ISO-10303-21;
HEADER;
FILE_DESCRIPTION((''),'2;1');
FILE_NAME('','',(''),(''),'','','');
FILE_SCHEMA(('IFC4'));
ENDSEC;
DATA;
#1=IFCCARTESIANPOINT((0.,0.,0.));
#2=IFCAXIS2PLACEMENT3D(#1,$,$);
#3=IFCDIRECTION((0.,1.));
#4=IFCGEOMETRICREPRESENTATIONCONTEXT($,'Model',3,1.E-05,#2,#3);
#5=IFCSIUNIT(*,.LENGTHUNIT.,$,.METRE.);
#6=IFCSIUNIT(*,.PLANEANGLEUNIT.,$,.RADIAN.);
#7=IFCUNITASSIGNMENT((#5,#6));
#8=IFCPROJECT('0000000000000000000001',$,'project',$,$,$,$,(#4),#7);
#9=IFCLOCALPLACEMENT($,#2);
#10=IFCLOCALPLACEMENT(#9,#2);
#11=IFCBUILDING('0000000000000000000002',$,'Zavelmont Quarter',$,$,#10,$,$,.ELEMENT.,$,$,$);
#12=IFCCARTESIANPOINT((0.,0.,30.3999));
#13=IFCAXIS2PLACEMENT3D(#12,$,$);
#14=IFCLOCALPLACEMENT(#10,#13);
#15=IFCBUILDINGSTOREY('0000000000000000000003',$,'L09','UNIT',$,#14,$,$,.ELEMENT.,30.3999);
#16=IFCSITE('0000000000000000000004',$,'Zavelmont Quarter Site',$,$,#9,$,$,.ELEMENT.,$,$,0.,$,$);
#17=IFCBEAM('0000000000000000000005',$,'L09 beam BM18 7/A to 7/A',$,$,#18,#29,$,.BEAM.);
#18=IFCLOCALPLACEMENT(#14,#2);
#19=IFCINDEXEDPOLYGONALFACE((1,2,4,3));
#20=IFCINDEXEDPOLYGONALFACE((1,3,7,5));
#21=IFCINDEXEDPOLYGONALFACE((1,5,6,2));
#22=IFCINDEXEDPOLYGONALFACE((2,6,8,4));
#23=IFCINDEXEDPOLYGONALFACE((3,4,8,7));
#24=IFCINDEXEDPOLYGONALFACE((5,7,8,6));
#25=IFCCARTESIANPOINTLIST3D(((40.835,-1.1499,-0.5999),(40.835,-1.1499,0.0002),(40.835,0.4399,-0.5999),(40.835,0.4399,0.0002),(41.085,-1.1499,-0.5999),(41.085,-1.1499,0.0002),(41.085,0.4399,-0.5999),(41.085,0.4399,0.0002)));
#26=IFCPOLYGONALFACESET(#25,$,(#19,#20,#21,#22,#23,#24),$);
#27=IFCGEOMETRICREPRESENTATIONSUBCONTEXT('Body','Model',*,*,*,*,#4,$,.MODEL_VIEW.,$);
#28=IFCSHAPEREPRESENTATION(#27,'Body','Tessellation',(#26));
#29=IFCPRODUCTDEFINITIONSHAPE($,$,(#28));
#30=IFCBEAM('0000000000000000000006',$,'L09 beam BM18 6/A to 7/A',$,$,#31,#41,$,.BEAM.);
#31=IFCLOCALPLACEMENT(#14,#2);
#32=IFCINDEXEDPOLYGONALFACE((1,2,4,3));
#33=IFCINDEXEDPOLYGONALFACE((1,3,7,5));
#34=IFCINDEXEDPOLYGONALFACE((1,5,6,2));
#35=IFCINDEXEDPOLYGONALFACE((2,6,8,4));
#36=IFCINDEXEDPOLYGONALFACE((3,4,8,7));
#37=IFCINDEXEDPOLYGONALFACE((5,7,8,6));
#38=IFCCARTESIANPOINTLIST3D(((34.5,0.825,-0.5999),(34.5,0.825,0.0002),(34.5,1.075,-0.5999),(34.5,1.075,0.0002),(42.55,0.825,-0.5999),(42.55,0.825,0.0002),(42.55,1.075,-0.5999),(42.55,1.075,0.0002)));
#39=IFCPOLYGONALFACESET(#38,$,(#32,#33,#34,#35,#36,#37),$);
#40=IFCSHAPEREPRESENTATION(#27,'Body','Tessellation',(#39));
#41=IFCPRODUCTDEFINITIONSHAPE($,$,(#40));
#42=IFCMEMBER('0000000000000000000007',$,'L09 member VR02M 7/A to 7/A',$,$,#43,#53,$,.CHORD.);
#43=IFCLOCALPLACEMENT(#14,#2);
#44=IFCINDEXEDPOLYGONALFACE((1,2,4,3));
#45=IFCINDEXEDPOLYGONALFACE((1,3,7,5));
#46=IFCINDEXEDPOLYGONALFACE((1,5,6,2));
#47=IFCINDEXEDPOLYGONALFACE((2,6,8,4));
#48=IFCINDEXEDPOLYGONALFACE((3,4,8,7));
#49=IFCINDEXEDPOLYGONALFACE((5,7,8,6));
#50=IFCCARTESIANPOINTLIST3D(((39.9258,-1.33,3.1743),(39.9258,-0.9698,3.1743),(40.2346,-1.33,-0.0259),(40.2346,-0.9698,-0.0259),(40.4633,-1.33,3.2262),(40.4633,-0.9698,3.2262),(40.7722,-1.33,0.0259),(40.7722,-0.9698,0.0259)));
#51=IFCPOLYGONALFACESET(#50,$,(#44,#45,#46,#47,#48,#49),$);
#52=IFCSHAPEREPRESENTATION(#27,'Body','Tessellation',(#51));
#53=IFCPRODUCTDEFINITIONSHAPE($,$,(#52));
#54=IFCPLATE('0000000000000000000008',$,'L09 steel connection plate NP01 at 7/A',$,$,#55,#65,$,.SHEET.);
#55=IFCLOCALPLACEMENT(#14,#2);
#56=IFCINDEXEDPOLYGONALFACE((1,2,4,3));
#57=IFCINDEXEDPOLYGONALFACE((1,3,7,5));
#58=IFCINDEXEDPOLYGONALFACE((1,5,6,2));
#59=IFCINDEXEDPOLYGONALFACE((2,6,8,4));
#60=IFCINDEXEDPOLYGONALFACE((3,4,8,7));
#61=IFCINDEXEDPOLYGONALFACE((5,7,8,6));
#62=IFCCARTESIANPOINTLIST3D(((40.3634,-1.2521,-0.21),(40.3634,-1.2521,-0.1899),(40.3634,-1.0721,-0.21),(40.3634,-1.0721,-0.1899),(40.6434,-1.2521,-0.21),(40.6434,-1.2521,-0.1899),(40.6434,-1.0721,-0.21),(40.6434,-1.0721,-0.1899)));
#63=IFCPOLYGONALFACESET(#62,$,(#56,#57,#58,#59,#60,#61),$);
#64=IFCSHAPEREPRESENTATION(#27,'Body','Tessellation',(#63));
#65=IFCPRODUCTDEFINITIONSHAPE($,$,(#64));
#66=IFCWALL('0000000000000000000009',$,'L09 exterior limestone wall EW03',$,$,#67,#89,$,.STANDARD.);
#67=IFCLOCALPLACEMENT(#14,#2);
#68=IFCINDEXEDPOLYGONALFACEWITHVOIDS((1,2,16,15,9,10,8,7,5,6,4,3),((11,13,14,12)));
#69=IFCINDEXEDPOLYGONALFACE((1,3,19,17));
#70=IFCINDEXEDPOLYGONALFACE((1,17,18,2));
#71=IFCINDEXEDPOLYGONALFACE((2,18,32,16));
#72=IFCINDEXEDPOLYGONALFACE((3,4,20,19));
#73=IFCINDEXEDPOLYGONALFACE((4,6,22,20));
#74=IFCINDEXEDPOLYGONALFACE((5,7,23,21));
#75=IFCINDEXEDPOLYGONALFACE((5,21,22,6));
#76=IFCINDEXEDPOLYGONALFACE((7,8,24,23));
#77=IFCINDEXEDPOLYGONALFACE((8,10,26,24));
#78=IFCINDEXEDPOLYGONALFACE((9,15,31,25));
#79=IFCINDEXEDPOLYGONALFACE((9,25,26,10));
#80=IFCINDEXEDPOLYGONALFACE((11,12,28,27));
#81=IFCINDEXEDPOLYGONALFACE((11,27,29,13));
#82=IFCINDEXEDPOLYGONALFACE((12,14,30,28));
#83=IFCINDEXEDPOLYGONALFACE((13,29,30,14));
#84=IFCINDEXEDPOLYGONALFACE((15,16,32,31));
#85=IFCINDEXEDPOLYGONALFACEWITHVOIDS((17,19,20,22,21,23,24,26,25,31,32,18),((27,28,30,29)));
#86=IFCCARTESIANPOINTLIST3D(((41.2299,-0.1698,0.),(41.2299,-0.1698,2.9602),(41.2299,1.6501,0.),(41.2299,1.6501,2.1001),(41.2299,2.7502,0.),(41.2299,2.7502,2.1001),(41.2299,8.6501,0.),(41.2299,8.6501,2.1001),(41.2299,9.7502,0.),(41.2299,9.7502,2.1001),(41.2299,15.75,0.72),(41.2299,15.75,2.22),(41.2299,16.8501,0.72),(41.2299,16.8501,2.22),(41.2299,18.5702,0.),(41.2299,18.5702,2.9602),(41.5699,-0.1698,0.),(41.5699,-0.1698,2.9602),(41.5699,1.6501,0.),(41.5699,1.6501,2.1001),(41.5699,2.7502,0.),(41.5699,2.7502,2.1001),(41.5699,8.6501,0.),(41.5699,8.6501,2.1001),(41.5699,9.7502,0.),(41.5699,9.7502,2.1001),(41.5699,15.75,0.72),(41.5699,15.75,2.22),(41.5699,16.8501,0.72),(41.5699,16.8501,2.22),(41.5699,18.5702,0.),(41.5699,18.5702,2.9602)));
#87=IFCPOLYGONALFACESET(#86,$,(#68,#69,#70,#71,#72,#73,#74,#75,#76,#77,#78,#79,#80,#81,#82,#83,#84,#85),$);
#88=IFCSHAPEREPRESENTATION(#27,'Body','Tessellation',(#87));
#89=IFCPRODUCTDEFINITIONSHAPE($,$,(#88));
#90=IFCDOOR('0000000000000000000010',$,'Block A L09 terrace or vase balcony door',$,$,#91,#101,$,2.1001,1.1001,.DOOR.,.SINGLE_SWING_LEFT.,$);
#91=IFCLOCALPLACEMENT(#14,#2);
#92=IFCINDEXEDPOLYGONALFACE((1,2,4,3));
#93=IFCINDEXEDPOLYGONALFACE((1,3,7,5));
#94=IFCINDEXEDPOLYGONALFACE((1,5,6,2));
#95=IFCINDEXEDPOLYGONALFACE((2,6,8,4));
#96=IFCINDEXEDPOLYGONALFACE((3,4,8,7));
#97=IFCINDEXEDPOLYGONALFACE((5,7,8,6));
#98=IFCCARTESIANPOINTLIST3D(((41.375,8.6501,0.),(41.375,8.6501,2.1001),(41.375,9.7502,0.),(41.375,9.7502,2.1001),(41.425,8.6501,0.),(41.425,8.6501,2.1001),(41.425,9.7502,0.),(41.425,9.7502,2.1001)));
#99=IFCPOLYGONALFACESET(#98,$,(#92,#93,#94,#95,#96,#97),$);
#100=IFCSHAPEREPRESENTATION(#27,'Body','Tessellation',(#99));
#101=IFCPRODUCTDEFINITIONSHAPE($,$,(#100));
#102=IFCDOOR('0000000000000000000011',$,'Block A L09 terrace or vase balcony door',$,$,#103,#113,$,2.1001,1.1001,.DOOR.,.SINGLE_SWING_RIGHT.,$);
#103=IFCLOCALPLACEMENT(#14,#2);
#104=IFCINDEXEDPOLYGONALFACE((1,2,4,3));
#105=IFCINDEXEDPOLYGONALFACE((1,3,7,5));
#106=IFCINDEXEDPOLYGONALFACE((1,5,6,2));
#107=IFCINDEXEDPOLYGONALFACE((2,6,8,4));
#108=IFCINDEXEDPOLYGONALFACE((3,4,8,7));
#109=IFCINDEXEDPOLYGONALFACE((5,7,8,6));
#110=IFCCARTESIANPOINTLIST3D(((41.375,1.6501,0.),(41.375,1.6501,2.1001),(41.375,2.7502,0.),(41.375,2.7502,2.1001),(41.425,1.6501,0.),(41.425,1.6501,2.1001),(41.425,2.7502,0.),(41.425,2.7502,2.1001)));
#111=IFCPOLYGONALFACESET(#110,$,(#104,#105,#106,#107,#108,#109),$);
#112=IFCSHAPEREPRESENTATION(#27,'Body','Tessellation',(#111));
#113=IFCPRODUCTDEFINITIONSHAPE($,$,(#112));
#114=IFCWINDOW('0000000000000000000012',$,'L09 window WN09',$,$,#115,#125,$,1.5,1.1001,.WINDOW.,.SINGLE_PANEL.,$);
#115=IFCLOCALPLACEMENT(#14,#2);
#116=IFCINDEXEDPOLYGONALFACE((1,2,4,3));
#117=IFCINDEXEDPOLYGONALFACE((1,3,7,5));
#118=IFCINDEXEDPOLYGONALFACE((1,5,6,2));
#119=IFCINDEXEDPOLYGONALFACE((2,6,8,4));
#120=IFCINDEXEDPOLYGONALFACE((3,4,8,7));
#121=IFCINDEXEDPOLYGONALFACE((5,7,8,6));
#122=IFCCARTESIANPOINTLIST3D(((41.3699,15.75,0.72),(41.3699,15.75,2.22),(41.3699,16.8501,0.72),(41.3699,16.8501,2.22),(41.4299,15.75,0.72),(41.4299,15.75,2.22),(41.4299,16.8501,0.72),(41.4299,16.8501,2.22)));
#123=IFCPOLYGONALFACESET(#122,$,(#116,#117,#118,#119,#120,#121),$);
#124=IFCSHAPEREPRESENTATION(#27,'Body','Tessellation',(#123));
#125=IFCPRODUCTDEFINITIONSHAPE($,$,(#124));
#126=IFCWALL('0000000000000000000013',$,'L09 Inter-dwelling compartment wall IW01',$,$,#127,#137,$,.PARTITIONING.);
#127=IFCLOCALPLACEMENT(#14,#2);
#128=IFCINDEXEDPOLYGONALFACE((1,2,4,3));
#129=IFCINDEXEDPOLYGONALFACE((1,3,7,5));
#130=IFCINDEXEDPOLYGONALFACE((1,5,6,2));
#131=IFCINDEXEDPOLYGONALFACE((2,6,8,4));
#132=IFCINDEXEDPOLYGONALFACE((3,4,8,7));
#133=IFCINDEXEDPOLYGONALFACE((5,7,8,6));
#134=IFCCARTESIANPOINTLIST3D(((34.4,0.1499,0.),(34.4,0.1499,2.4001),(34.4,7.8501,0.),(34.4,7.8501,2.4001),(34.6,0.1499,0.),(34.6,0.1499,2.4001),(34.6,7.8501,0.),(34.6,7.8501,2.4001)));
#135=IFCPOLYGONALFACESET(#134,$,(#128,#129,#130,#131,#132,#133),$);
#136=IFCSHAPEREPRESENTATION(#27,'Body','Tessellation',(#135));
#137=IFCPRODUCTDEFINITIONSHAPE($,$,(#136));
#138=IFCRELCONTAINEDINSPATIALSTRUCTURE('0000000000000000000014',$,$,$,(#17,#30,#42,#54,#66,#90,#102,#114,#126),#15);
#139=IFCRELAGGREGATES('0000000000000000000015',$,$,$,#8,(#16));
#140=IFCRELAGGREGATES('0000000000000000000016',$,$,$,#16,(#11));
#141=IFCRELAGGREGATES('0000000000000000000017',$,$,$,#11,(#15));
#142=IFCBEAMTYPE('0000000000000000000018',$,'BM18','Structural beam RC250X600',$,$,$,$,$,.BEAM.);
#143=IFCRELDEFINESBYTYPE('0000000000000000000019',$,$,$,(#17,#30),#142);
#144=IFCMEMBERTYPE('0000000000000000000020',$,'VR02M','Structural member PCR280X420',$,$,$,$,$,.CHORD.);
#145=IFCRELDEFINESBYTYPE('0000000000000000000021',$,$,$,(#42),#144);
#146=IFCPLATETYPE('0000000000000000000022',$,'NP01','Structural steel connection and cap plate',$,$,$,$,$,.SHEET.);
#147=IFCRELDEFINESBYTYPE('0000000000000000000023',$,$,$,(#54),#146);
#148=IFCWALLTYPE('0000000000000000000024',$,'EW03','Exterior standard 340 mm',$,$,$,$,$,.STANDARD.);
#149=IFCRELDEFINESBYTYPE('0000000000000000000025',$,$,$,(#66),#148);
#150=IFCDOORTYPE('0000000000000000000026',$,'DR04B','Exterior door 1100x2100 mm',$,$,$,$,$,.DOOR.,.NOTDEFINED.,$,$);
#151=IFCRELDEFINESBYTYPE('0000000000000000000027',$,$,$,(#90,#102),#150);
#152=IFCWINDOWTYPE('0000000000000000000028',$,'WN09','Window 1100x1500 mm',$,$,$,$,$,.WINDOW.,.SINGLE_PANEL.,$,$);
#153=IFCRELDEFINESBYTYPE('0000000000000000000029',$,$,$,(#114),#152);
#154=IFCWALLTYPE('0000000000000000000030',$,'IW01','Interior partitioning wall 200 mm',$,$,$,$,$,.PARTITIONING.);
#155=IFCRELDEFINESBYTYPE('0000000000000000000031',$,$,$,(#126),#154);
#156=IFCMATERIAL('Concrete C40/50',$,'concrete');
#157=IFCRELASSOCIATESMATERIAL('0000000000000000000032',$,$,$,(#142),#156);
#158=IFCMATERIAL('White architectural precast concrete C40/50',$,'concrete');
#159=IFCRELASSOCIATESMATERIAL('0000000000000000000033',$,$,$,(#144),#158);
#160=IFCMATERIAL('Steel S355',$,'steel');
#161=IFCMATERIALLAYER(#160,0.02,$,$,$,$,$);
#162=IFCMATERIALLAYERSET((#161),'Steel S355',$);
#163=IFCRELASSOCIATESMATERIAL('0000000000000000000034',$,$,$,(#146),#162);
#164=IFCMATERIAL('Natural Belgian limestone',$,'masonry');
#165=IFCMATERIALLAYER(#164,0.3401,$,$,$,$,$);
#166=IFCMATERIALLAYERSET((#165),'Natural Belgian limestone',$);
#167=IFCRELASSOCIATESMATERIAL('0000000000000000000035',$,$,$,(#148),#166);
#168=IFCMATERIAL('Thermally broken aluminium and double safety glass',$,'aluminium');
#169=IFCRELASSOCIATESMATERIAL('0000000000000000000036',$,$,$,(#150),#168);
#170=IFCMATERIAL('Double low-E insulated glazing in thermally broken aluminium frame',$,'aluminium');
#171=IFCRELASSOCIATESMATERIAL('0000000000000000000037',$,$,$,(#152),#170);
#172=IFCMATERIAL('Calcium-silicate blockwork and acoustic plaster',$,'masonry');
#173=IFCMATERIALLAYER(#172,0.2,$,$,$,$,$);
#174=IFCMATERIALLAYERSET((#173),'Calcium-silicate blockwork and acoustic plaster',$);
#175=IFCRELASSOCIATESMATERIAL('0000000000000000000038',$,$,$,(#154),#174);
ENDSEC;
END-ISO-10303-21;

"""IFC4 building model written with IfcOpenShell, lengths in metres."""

from ifc_helpers import new_model, si_unit, direction, frame, frame_2d, origin, origin_with_axes, origin_2d, place, context, subcontext, project, spatial, rectangle, extrude, material, layer, layer_set, material_profile, profile_set, type_object, element, fill, save


model = new_model("IFC4")

# Units and contexts
model_context = context("Model", 3, precision=1e-05, world=origin(), true_north=direction((0.0, 1.0)))
body_context = subcontext(model_context, "Body", "Model", "MODEL_VIEW")
ifc_project = project(units=[si_unit("LENGTHUNIT", "METRE"), si_unit("PLANEANGLEUNIT", "RADIAN")], contexts=[model_context])

# Site, building, storey
site_placement = place(None, origin())
site = spatial("IfcSite", under=ifc_project, at=site_placement, Name="Zavelmont Quarter Site", CompositionType="ELEMENT", RefElevation=0.0)
building_placement = place(site_placement, origin())
building = spatial("IfcBuilding", under=site, at=building_placement, Name="Zavelmont Quarter", CompositionType="ELEMENT")
storey_placement = place(building_placement, frame((0.0, 0.0, 30.3999)))
storey = spatial("IfcBuildingStorey", under=building, at=storey_placement, Name="L09", Description="UNIT", CompositionType="ELEMENT", Elevation=30.3999)

# Beams
ifc_material_1 = material(Name="Steel S355", Category="steel")
ifc_material_2 = material(Name="Concrete C40/50", Category="concrete")
ifc_material_profile_1 = material_profile(ifc_material_2, rectangle(XDim=0.25, YDim=0.6001, at=origin_2d()), Name="RC250X600")
ifc_profile_set_1 = profile_set([ifc_material_profile_1], Name="Concrete C40/50")
beam_type_1 = type_object("IfcBeamType", Name="BM18", Description="Structural beam RC250X600", PredefinedType="BEAM", material=ifc_profile_set_1)
beam_1_placement = place(storey_placement, frame((40.96, 0.4399, -0.2998), z_axis=(0.0, -1.0, 0.0), x_axis=(1.0, 0.0, 0.0)))
element("IfcBeam", 1, at=beam_1_placement, inside=storey, type_object=beam_type_1, Name="L09 beam BM18 7/A to 7/A", PredefinedType="BEAM", context=body_context, shape_type="SweptSolid", body=[
    extrude(rectangle(XDim=0.25, YDim=0.6001, at=origin_2d()), origin(), (0.0, 0.0, 1.0), 1.5898),
])
beam_2_placement = place(storey_placement, frame((34.5, 0.95, -0.2998), z_axis=(1.0, 0.0, 0.0), x_axis=(0.0, 1.0, 0.0)))
element("IfcBeam", 2, at=beam_2_placement, inside=storey, type_object=beam_type_1, Name="L09 beam BM18 6/A to 7/A", PredefinedType="BEAM", context=body_context, shape_type="SweptSolid", body=[
    extrude(rectangle(XDim=0.25, YDim=0.6001, at=origin_2d()), origin(), (0.0, 0.0, 1.0), 8.05),
])

# Member
ifc_material_3 = material(Name="White architectural precast concrete C40/50", Category="concrete")
ifc_material_profile_2 = material_profile(ifc_material_3, rectangle(XDim=0.3601, YDim=0.54, at=origin_2d()), Name="PCR280X420")
ifc_profile_set_2 = profile_set([ifc_material_profile_2], Name="White architectural precast concrete C40/50")
member_type = type_object("IfcMemberType", Name="VR02M", Description="Structural member PCR280X420", PredefinedType="CHORD", material=ifc_profile_set_2)
member_placement = place(storey_placement, frame((40.5034, -1.1499, 0.0), z_axis=(-0.09606, 0.0, 0.995376), x_axis=(0.0, -1.0, 0.0)))
element("IfcMember", 3, at=member_placement, inside=storey, type_object=member_type, Name="L09 member VR02M 7/A to 7/A", PredefinedType="CHORD", context=body_context, shape_type="SweptSolid", body=[
    extrude(rectangle(XDim=0.3601, YDim=0.54, at=origin_2d()), origin(), (0.0, 0.0, 1.0), 3.2151),
])

# Plate
ifc_layer_1 = layer(ifc_material_1, 0.02)
ifc_layer_set_1 = layer_set([ifc_layer_1], Name="Steel S355")
plate_type = type_object("IfcPlateType", Name="NP01", Description="Structural steel connection and cap plate", PredefinedType="SHEET", material=ifc_layer_set_1)
plate_placement = place(storey_placement, frame((40.5034, -1.1621, -0.21), z_axis=(0.0, 0.0, 1.0), x_axis=(1.0, 0.0, 0.0)))
element("IfcPlate", 4, at=plate_placement, inside=storey, type_object=plate_type, Name="L09 steel connection plate NP01 at 7/A", PredefinedType="SHEET", context=body_context, shape_type="SweptSolid", body=[
    extrude(rectangle(XDim=0.28, YDim=0.1799, at=origin_2d()), origin(), (0.0, 0.0, 1.0), 0.02),
])

# Wall, openings, doors, window
ifc_material_4 = material(Name="Natural Belgian limestone", Category="masonry")
ifc_layer_2 = layer(ifc_material_4, 0.3401)
ifc_layer_set_2 = layer_set([ifc_layer_2], Name="Natural Belgian limestone")
wall_type_1 = type_object("IfcWallType", Name="EW03", Description="Exterior standard 340 mm", PredefinedType="STANDARD", material=ifc_layer_set_2)
wall_1_placement = place(storey_placement, frame((41.3999, -0.1699, 0.0), z_axis=(0.0, 0.0, 1.0), x_axis=(0.0, 1.0, 0.0)))
wall_1 = element("IfcWall", 5, at=wall_1_placement, inside=storey, type_object=wall_type_1, Name="L09 exterior limestone wall EW03", PredefinedType="STANDARD", context=body_context, shape_type="SweptSolid", body=[
    extrude(rectangle(XDim=18.74, YDim=0.3401, at=frame_2d((9.3701, 0.0))), origin(), (0.0, 0.0, 1.0), 2.9602),
])
opening_1_placement = place(wall_1_placement, frame((8.8201, 0.0, 0.0)))
opening_1 = element("IfcOpeningElement", 6, at=opening_1_placement, cuts=wall_1, PredefinedType="OPENING", context=body_context, shape_type="SweptSolid", body=[
    extrude(rectangle(XDim=1.1001, YDim=2.1001, at=frame_2d((0.55, 1.05))), frame((0.0, 0.1821, 0.0), z_axis=(0.0, -1.0, 0.0), x_axis=(1.0, 0.0, 0.0)), (0.0, 0.0, 1.0), 0.364),
])
opening_2_placement = place(wall_1_placement, frame((1.8201, 0.0, 0.0)))
opening_2 = element("IfcOpeningElement", 7, at=opening_2_placement, cuts=wall_1, PredefinedType="OPENING", context=body_context, shape_type="SweptSolid", body=[
    extrude(rectangle(XDim=1.1001, YDim=2.1001, at=frame_2d((0.55, 1.05))), frame((0.0, 0.1821, 0.0), z_axis=(0.0, -1.0, 0.0), x_axis=(1.0, 0.0, 0.0)), (0.0, 0.0, 1.0), 0.364),
])
opening_3_placement = place(wall_1_placement, frame((15.9199, 0.0, 0.72)))
opening_3 = element("IfcOpeningElement", 8, at=opening_3_placement, cuts=wall_1, PredefinedType="OPENING", context=body_context, shape_type="SweptSolid", body=[
    extrude(rectangle(XDim=1.1001, YDim=1.5, at=frame_2d((0.55, 0.75))), frame((0.0, 0.1821, 0.0), z_axis=(0.0, -1.0, 0.0), x_axis=(1.0, 0.0, 0.0)), (0.0, 0.0, 1.0), 0.364),
])
ifc_material_5 = material(Name="Thermally broken aluminium and double safety glass", Category="aluminium")
door_type_1 = type_object("IfcDoorType", Name="DR04B", Description="Exterior door 1100x2100 mm", OperationType="NOTDEFINED", PredefinedType="DOOR", material=ifc_material_5)
door_1_placement = place(opening_1_placement, origin_with_axes())
door_1 = element("IfcDoor", 9, at=door_1_placement, inside=storey, type_object=door_type_1, Name="Block A L09 terrace or vase balcony door", OperationType="SINGLE_SWING_LEFT", OverallHeight=2.1001, OverallWidth=1.1001, PredefinedType="DOOR", context=body_context, shape_type="SweptSolid", body=[
    extrude(rectangle(XDim=1.1001, YDim=2.1001, at=frame_2d((0.55, 1.05))), frame((0.0, 0.0249, 0.0), z_axis=(0.0, -1.0, 0.0), x_axis=(1.0, 0.0, 0.0)), (0.0, 0.0, 1.0), 0.05),
])
fill(opening_1, door_1)
door_2_placement = place(opening_2_placement, origin_with_axes())
door_2 = element("IfcDoor", 10, at=door_2_placement, inside=storey, type_object=door_type_1, Name="Block A L09 terrace or vase balcony door", OperationType="SINGLE_SWING_RIGHT", OverallHeight=2.1001, OverallWidth=1.1001, PredefinedType="DOOR", context=body_context, shape_type="SweptSolid", body=[
    extrude(rectangle(XDim=1.1001, YDim=2.1001, at=frame_2d((0.55, 1.05))), frame((0.0, 0.0249, 0.0), z_axis=(0.0, -1.0, 0.0), x_axis=(1.0, 0.0, 0.0)), (0.0, 0.0, 1.0), 0.05),
])
fill(opening_2, door_2)
ifc_material_6 = material(Name="Double low-E insulated glazing in thermally broken aluminium frame", Category="aluminium")
window_type = type_object("IfcWindowType", Name="WN09", Description="Window 1100x1500 mm", PartitioningType="SINGLE_PANEL", PredefinedType="WINDOW", material=ifc_material_6)
window_placement = place(opening_3_placement, origin_with_axes())
window = element("IfcWindow", 11, at=window_placement, inside=storey, type_object=window_type, Name="L09 window WN09", OverallHeight=1.5, OverallWidth=1.1001, PartitioningType="SINGLE_PANEL", PredefinedType="WINDOW", context=body_context, shape_type="SweptSolid", body=[
    extrude(rectangle(XDim=1.1001, YDim=1.5, at=frame_2d((0.55, 0.75))), frame((0.0, 0.03, 0.0), z_axis=(0.0, -1.0, 0.0), x_axis=(1.0, 0.0, 0.0)), (0.0, 0.0, 1.0), 0.0601),
])
fill(opening_3, window)

# Wall
ifc_material_7 = material(Name="Calcium-silicate blockwork and acoustic plaster", Category="masonry")
ifc_layer_3 = layer(ifc_material_7, 0.2)
ifc_layer_set_3 = layer_set([ifc_layer_3], Name="Calcium-silicate blockwork and acoustic plaster")
wall_type_2 = type_object("IfcWallType", Name="IW01", Description="Interior partitioning wall 200 mm", PredefinedType="PARTITIONING", material=ifc_layer_set_3)
wall_2_placement = place(storey_placement, frame((34.5, 7.8501, 0.0), z_axis=(0.0, 0.0, 1.0), x_axis=(0.0, -1.0, 0.0)))
element("IfcWall", 12, at=wall_2_placement, inside=storey, type_object=wall_type_2, Name="L09 Inter-dwelling compartment wall IW01", PredefinedType="PARTITIONING", context=body_context, shape_type="SweptSolid", body=[
    extrude(rectangle(XDim=7.7002, YDim=0.2, at=frame_2d((3.8501, 0.0))), origin(), (0.0, 0.0, 1.0), 2.4001),
])

save(model, "model.ifc")
